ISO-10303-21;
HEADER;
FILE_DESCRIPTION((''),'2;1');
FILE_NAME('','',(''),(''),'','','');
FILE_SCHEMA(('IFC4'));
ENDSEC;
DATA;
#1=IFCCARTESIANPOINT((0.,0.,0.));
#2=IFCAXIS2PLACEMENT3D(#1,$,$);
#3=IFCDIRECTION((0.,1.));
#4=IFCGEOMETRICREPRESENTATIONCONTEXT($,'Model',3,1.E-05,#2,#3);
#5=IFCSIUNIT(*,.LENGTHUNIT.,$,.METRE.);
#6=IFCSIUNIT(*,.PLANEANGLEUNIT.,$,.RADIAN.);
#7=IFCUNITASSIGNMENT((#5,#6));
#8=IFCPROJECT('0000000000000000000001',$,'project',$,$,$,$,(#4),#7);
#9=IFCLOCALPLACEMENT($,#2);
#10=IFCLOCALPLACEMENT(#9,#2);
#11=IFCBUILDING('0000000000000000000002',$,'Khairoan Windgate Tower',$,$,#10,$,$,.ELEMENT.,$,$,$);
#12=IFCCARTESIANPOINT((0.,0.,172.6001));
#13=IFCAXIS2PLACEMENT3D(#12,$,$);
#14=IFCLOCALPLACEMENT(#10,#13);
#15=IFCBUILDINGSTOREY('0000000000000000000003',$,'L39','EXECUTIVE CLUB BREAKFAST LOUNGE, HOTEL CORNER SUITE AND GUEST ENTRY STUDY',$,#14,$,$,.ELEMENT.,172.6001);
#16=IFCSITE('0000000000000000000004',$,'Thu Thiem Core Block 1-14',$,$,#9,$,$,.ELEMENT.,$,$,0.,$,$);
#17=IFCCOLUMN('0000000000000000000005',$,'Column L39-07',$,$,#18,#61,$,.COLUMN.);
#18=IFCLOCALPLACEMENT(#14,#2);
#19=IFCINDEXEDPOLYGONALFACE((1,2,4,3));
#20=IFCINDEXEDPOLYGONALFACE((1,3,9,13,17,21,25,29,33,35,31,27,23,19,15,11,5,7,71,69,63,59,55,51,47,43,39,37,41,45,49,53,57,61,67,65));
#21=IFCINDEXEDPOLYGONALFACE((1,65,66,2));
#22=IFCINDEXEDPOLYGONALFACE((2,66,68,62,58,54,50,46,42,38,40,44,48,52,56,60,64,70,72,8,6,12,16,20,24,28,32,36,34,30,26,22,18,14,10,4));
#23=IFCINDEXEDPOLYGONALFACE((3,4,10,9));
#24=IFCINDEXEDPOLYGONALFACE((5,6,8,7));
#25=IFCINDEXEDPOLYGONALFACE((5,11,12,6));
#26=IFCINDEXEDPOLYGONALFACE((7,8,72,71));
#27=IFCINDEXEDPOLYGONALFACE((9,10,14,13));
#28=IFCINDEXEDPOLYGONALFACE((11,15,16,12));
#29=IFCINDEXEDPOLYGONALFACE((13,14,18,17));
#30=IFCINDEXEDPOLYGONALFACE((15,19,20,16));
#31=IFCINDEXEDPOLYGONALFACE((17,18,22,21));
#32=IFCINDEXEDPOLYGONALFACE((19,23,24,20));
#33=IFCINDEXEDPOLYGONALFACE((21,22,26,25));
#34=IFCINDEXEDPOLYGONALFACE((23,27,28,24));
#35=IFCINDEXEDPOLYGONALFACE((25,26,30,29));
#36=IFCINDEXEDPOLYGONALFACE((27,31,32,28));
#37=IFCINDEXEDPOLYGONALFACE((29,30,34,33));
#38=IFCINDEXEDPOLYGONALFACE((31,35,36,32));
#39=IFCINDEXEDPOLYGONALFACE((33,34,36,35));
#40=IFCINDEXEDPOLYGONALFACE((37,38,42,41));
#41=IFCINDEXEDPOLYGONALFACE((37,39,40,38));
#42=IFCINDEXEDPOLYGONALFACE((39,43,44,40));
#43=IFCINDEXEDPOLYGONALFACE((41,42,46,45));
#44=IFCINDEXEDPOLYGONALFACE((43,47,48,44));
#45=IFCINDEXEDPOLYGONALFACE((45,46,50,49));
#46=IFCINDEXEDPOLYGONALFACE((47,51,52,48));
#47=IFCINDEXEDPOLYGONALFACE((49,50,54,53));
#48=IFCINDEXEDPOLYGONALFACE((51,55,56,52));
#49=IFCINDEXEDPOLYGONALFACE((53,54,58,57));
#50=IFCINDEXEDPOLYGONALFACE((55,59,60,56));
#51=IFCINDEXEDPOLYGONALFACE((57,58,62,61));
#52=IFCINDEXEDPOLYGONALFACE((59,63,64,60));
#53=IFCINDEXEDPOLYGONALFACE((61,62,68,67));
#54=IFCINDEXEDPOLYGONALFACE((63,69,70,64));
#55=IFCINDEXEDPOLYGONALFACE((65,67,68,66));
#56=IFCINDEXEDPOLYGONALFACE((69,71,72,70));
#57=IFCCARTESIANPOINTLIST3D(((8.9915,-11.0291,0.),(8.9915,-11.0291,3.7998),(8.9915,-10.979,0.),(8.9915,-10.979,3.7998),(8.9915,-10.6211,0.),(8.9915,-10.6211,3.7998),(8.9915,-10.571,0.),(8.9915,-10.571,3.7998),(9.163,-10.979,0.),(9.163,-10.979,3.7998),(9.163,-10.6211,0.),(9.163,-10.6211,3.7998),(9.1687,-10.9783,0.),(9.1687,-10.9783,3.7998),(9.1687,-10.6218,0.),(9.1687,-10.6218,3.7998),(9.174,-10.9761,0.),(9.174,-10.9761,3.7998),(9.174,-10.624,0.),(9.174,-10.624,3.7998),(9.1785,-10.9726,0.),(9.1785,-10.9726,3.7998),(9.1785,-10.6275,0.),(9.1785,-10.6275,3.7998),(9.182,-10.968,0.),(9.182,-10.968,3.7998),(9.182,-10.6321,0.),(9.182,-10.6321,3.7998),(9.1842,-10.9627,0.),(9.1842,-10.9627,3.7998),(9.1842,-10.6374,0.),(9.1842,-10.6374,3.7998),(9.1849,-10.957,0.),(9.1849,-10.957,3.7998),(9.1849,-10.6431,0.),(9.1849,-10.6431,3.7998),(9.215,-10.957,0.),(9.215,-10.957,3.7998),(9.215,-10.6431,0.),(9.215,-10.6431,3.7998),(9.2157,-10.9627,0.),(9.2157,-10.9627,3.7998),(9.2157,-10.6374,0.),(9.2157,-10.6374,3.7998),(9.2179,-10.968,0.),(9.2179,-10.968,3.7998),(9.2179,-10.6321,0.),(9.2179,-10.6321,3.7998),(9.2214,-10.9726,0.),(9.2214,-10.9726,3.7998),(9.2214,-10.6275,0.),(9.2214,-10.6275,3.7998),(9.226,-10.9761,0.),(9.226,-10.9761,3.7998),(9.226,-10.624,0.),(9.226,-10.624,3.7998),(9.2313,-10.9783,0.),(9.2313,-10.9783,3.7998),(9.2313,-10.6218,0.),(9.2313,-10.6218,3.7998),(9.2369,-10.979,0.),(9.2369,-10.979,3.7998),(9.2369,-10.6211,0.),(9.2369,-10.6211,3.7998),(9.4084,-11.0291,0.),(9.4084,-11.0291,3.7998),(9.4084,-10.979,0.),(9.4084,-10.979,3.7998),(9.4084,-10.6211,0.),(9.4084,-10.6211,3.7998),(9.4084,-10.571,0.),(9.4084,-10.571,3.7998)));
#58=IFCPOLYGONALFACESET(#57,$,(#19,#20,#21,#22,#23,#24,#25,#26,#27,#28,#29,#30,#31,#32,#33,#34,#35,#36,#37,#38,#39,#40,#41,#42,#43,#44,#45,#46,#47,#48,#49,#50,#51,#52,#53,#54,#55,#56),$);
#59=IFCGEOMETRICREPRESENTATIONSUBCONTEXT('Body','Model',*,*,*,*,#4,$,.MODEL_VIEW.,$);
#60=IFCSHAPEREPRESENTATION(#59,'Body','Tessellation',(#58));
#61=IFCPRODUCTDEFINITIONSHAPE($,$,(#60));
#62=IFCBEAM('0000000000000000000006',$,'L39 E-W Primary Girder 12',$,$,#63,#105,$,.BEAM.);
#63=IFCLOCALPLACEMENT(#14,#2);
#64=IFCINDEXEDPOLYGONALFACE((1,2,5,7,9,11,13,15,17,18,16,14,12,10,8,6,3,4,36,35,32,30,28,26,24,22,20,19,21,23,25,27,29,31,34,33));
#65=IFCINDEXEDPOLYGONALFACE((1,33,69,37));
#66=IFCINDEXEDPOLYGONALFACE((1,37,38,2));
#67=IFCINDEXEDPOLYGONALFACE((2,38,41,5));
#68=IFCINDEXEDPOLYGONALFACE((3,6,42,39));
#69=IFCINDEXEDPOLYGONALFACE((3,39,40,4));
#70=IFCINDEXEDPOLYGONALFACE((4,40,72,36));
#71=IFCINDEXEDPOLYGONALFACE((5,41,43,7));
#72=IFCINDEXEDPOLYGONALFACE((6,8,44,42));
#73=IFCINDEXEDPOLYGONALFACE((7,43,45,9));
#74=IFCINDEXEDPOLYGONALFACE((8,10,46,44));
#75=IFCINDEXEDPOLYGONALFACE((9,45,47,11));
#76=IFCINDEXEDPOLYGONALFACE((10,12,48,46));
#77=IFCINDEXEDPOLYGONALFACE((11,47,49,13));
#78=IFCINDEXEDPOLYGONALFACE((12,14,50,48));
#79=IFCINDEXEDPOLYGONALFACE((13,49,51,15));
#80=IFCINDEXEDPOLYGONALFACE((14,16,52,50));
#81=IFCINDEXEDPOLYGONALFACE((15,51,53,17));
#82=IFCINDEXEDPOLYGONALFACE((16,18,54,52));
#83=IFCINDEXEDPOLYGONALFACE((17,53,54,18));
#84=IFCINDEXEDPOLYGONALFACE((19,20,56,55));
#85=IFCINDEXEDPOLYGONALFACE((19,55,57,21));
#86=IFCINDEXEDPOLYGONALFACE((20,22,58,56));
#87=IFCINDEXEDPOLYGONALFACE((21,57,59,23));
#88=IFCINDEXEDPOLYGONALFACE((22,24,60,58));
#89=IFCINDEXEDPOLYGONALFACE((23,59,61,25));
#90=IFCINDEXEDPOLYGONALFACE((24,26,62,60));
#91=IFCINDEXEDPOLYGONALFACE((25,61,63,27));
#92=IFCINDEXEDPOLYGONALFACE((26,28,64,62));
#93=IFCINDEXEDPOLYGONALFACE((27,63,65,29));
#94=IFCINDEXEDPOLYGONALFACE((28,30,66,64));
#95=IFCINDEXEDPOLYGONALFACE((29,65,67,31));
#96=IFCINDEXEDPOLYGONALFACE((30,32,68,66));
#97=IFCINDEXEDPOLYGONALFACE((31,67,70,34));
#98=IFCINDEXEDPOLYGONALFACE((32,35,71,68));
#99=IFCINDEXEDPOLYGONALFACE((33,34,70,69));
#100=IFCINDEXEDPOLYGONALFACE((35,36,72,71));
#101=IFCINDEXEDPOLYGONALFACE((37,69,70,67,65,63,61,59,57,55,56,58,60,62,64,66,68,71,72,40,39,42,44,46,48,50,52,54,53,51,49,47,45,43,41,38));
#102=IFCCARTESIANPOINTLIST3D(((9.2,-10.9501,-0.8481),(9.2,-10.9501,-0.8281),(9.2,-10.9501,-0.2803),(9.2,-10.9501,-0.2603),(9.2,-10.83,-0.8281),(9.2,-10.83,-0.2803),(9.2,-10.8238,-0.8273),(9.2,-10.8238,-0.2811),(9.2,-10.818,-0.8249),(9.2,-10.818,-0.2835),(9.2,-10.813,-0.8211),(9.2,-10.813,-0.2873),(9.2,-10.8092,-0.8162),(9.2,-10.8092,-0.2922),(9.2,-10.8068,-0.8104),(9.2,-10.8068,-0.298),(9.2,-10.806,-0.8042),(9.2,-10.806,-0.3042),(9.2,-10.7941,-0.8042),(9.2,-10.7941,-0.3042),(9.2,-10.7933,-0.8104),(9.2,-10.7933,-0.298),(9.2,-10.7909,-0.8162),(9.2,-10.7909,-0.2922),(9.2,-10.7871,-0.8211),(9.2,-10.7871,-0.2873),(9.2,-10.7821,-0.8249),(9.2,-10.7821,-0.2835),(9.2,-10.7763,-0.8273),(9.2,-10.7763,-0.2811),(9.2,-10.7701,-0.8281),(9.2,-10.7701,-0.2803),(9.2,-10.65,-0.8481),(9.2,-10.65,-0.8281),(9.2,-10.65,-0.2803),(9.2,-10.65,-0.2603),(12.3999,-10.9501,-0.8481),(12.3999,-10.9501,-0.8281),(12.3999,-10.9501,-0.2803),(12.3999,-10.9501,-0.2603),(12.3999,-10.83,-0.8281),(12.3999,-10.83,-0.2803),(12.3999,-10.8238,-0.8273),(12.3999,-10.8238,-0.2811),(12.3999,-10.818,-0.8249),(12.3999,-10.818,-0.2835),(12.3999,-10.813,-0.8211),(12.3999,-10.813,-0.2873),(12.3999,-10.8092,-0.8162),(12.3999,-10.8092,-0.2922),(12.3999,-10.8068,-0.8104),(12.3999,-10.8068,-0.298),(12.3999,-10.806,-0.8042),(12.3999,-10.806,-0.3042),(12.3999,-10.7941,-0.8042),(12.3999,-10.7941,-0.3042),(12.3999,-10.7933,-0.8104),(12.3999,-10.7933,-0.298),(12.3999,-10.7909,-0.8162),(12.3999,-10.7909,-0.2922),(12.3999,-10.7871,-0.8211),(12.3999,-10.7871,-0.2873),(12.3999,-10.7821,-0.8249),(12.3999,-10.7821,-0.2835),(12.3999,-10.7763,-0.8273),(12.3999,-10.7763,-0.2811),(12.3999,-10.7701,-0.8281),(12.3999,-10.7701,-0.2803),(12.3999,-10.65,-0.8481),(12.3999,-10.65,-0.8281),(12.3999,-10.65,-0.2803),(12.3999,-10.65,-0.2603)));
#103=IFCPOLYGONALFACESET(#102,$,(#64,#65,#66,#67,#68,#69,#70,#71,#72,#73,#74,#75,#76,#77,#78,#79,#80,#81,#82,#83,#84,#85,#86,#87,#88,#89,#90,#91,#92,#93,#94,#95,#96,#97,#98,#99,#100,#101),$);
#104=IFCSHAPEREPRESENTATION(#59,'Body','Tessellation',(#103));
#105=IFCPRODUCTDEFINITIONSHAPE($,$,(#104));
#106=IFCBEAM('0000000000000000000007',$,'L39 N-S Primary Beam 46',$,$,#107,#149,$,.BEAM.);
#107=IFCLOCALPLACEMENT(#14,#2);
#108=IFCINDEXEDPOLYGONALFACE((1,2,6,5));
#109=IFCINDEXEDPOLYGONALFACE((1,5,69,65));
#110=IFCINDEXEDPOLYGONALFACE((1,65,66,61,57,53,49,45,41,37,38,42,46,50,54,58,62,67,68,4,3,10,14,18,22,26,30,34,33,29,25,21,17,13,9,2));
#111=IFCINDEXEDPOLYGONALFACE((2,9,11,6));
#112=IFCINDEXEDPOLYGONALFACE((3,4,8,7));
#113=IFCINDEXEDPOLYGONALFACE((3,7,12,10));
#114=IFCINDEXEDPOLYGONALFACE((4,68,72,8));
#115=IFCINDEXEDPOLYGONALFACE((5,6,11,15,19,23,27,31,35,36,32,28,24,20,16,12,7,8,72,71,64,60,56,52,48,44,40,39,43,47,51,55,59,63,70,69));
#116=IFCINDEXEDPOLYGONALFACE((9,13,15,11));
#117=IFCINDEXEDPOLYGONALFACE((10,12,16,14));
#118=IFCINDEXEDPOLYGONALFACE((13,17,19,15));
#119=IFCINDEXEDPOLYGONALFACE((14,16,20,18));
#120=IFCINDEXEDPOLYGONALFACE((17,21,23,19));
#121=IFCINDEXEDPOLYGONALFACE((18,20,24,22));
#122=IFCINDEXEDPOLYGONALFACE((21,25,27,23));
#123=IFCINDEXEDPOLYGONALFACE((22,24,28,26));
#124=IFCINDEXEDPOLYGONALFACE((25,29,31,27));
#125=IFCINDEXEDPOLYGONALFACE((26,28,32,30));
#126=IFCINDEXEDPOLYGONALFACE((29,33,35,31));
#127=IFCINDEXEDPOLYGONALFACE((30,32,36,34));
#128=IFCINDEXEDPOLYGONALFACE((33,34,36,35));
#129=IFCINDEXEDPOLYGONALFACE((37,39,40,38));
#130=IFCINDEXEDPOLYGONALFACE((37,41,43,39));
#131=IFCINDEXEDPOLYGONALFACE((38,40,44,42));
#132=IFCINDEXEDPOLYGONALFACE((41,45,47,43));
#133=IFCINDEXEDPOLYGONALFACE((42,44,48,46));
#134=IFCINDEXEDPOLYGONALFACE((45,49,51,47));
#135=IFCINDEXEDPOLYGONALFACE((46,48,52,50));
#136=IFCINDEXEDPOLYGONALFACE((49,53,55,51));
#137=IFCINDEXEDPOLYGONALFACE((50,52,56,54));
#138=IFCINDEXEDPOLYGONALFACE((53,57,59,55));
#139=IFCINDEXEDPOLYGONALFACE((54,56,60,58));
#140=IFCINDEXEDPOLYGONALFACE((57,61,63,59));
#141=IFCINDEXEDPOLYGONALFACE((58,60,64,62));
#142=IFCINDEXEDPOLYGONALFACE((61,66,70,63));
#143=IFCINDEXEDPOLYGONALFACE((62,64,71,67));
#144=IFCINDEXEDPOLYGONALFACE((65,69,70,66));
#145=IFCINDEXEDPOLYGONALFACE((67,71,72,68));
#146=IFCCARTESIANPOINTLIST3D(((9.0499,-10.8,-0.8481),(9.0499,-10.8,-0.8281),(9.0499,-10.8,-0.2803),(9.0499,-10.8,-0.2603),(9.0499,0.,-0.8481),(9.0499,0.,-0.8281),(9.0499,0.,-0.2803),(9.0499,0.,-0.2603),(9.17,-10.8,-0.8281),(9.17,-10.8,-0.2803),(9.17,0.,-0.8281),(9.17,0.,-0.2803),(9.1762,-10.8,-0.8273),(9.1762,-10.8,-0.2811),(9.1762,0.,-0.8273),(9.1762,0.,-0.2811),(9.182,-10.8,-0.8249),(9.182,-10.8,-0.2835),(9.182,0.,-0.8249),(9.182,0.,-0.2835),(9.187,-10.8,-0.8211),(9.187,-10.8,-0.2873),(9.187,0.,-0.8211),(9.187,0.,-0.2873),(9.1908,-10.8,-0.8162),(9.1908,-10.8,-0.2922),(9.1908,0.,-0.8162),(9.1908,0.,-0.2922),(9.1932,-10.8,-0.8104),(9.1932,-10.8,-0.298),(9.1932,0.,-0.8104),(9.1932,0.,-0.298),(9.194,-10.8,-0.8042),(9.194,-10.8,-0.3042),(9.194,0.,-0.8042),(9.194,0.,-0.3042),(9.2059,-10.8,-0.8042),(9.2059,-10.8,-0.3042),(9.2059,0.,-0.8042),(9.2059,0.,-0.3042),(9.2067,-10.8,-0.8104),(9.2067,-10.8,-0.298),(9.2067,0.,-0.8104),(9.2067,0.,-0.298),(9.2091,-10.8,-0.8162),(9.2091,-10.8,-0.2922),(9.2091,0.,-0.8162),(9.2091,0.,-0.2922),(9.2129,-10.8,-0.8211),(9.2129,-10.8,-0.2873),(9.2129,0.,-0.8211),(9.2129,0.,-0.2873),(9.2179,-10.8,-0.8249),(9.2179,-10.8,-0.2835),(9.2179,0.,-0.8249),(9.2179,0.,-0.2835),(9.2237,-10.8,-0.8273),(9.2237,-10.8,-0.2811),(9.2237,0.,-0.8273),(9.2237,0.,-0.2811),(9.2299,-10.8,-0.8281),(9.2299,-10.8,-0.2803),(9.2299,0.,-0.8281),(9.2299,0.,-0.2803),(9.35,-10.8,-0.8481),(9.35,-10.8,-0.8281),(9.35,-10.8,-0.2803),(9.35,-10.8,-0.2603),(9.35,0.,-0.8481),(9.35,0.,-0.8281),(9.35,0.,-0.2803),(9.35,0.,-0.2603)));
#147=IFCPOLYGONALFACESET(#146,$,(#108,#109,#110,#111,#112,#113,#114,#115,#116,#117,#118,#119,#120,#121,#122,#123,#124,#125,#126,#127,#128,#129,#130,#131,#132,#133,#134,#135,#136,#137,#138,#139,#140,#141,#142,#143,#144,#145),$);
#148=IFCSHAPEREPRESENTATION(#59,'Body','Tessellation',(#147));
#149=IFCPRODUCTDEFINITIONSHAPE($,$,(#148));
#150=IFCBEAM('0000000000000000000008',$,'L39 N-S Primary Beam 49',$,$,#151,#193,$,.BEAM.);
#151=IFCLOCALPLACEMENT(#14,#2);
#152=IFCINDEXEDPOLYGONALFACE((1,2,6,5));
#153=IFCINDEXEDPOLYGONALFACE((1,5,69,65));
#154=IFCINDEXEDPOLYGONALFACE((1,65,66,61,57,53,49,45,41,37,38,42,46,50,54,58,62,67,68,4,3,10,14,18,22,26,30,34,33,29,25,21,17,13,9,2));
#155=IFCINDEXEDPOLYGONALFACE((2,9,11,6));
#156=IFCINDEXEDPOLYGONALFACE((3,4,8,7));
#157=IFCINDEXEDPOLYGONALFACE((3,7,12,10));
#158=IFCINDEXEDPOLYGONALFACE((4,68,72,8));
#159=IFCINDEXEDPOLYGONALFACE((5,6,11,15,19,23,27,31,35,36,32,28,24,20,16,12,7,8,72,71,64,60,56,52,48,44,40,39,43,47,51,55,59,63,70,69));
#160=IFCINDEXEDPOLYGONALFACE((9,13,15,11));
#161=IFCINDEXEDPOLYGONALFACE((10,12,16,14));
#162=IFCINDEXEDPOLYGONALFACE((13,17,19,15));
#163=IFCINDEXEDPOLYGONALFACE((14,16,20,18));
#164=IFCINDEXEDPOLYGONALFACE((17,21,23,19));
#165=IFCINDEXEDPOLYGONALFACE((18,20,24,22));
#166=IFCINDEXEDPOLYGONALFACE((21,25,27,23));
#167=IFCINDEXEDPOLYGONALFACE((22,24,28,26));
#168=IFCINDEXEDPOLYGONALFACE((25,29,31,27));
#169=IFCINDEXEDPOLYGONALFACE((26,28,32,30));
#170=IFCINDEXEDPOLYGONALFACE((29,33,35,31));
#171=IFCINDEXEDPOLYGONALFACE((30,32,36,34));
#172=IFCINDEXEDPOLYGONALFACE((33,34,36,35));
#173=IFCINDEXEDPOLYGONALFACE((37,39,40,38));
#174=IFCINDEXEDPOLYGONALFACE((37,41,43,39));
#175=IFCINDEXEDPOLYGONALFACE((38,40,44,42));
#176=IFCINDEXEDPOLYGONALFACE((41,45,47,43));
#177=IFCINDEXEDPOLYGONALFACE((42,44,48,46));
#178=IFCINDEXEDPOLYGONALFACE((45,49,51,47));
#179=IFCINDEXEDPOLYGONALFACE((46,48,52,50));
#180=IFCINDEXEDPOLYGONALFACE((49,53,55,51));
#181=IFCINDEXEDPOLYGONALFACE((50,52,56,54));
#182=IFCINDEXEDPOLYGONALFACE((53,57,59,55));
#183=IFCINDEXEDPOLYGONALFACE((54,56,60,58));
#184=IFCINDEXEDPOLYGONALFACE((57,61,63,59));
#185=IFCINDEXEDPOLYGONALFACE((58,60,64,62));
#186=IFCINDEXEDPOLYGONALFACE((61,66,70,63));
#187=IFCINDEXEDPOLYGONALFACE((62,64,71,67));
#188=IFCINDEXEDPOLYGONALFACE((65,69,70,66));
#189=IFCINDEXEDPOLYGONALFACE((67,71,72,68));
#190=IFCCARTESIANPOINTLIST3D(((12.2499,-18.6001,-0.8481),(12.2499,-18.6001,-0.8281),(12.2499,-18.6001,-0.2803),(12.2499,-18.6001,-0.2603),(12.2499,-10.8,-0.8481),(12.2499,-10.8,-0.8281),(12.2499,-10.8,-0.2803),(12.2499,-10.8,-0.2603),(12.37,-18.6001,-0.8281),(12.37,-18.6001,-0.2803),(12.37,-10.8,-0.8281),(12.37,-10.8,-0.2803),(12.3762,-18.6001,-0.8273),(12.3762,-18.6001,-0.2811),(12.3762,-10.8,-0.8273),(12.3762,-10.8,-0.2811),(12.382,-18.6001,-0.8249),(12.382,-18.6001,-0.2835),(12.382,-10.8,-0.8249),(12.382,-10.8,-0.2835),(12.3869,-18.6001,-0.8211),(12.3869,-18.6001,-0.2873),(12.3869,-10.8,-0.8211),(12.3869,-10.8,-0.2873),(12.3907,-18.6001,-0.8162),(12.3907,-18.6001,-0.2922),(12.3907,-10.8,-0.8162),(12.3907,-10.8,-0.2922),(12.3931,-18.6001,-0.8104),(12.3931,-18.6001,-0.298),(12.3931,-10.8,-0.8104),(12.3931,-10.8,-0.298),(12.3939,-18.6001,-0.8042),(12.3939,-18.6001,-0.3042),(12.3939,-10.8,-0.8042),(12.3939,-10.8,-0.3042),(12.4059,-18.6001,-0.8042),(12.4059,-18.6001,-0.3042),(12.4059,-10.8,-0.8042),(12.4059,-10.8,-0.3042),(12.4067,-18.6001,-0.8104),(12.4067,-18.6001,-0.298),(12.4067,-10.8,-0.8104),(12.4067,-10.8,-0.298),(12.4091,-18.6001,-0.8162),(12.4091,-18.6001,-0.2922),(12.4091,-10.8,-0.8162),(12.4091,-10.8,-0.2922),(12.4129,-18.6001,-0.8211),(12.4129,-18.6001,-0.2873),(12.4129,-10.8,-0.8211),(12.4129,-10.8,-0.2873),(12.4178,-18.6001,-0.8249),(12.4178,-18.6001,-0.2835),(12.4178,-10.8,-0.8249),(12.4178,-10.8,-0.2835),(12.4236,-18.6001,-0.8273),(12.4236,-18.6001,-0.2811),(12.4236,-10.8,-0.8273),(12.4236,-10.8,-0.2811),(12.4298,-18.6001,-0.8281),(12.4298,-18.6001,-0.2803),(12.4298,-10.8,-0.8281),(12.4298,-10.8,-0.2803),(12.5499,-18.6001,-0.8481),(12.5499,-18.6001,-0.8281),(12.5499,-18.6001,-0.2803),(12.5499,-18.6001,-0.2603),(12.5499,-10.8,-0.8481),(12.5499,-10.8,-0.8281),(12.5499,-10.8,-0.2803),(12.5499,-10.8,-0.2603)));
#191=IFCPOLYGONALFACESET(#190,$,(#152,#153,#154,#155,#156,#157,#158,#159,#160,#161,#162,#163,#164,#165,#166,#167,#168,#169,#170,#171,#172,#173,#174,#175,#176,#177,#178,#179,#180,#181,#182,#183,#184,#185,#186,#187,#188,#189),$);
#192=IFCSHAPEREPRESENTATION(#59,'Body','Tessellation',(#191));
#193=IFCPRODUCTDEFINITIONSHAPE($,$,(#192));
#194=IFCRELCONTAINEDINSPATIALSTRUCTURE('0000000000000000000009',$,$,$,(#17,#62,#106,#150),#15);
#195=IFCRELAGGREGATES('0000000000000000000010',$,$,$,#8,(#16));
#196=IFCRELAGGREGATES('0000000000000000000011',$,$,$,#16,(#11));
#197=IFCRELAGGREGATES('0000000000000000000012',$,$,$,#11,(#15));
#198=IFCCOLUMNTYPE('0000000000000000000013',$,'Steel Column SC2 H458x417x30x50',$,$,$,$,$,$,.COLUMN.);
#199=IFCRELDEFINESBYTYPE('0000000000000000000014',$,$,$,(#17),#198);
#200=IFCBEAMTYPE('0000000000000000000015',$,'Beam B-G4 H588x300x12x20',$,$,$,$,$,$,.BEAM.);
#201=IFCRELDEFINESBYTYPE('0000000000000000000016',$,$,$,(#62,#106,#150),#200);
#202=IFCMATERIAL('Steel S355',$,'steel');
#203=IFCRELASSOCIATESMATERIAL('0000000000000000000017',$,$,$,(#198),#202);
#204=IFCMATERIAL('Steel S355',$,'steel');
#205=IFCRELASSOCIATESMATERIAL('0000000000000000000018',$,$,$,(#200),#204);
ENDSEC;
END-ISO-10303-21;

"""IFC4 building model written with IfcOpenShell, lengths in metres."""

from ifc_helpers import new_model, si_unit, direction, frame, origin, origin_2d, place, context, subcontext, project, spatial, i_section, extrude, material, material_profile, profile_set, type_object, element, save


model = new_model("IFC4")

# Units and contexts
model_context = context("Model", 3, precision=1e-05, world=origin(), true_north=direction((0.0, 1.0)))
body_context = subcontext(model_context, "Body", "Model", "MODEL_VIEW")
ifc_project = project(units=[si_unit("LENGTHUNIT", "METRE"), si_unit("PLANEANGLEUNIT", "RADIAN")], contexts=[model_context])

# Site, building, storey
site_placement = place(None, origin())
site = spatial("IfcSite", under=ifc_project, at=site_placement, Name="Thu Thiem Core Block 1-14", CompositionType="ELEMENT", RefElevation=0.0)
building_placement = place(site_placement, origin())
building = spatial("IfcBuilding", under=site, at=building_placement, Name="Khairoan Windgate Tower", CompositionType="ELEMENT")
storey_placement = place(building_placement, frame((0.0, 0.0, 172.6001)))
storey = spatial("IfcBuildingStorey", under=building, at=storey_placement, Name="L39", Description="EXECUTIVE CLUB BREAKFAST LOUNGE, HOTEL CORNER SUITE AND GUEST ENTRY STUDY", CompositionType="ELEMENT", Elevation=172.6001)

# Column
ifc_material_1 = material(Name="Steel S355", Category="steel")
ifc_material_profile_1 = material_profile(ifc_material_1, i_section(OverallWidth=0.417, OverallDepth=0.458, WebThickness=0.03, FlangeThickness=0.05, FilletRadius=0.022, at=origin_2d()))
ifc_profile_set_1 = profile_set([ifc_material_profile_1], Name="Steel S355")
column_type = type_object("IfcColumnType", Name="Steel Column SC2 H458x417x30x50", PredefinedType="COLUMN", material=ifc_profile_set_1)
column_placement = place(storey_placement, frame((9.2, -10.8, 0.0), z_axis=(0.0, 0.0, 1.0), x_axis=(1.0, 0.0, 0.0)))
element("IfcColumn", 1, at=column_placement, inside=storey, type_object=column_type, Name="Column L39-07", PredefinedType="COLUMN", context=body_context, shape_type="SweptSolid", body=[
    extrude(i_section(OverallWidth=0.417, OverallDepth=0.458, WebThickness=0.03, FlangeThickness=0.05, FilletRadius=0.022, at=origin_2d()), origin(), (0.0, 0.0, 1.0), 3.7998),
])

# Beams
ifc_material_2 = material(Name="Steel S355", Category="steel")
ifc_material_profile_2 = material_profile(ifc_material_2, i_section(OverallWidth=0.3, OverallDepth=0.5879, WebThickness=0.012, FlangeThickness=0.02, FilletRadius=0.0239, at=origin_2d()))
ifc_profile_set_2 = profile_set([ifc_material_profile_2], Name="Steel S355")
beam_type_1 = type_object("IfcBeamType", Name="Beam B-G4 H588x300x12x20", PredefinedType="BEAM", material=ifc_profile_set_2)
beam_1_placement = place(storey_placement, frame((9.2, -10.8, -0.5542), z_axis=(1.0, 0.0, 0.0), x_axis=(0.0, 1.0, 0.0)))
element("IfcBeam", 2, at=beam_1_placement, inside=storey, type_object=beam_type_1, Name="L39 E-W Primary Girder 12", PredefinedType="BEAM", context=body_context, shape_type="SweptSolid", body=[
    extrude(i_section(OverallWidth=0.3, OverallDepth=0.5879, WebThickness=0.012, FlangeThickness=0.02, FilletRadius=0.0239, at=origin_2d()), origin(), (0.0, 0.0, 1.0), 3.2),
])
beam_2_placement = place(storey_placement, frame((9.2, -10.8, -0.5542), z_axis=(0.0, 1.0, 0.0), x_axis=(-1.0, 0.0, 0.0)))
element("IfcBeam", 3, at=beam_2_placement, inside=storey, type_object=beam_type_1, Name="L39 N-S Primary Beam 46", PredefinedType="BEAM", context=body_context, shape_type="SweptSolid", body=[
    extrude(i_section(OverallWidth=0.3, OverallDepth=0.5879, WebThickness=0.012, FlangeThickness=0.02, FilletRadius=0.0239, at=origin_2d()), origin(), (0.0, 0.0, 1.0), 10.8),
])
beam_3_placement = place(storey_placement, frame((12.3999, -18.6001, -0.5542), z_axis=(0.0, 1.0, 0.0), x_axis=(-1.0, 0.0, 0.0)))
element("IfcBeam", 4, at=beam_3_placement, inside=storey, type_object=beam_type_1, Name="L39 N-S Primary Beam 49", PredefinedType="BEAM", context=body_context, shape_type="SweptSolid", body=[
    extrude(i_section(OverallWidth=0.3, OverallDepth=0.5879, WebThickness=0.012, FlangeThickness=0.02, FilletRadius=0.0239, at=origin_2d()), origin(), (0.0, 0.0, 1.0), 7.8),
])

save(model, "model.ifc")
